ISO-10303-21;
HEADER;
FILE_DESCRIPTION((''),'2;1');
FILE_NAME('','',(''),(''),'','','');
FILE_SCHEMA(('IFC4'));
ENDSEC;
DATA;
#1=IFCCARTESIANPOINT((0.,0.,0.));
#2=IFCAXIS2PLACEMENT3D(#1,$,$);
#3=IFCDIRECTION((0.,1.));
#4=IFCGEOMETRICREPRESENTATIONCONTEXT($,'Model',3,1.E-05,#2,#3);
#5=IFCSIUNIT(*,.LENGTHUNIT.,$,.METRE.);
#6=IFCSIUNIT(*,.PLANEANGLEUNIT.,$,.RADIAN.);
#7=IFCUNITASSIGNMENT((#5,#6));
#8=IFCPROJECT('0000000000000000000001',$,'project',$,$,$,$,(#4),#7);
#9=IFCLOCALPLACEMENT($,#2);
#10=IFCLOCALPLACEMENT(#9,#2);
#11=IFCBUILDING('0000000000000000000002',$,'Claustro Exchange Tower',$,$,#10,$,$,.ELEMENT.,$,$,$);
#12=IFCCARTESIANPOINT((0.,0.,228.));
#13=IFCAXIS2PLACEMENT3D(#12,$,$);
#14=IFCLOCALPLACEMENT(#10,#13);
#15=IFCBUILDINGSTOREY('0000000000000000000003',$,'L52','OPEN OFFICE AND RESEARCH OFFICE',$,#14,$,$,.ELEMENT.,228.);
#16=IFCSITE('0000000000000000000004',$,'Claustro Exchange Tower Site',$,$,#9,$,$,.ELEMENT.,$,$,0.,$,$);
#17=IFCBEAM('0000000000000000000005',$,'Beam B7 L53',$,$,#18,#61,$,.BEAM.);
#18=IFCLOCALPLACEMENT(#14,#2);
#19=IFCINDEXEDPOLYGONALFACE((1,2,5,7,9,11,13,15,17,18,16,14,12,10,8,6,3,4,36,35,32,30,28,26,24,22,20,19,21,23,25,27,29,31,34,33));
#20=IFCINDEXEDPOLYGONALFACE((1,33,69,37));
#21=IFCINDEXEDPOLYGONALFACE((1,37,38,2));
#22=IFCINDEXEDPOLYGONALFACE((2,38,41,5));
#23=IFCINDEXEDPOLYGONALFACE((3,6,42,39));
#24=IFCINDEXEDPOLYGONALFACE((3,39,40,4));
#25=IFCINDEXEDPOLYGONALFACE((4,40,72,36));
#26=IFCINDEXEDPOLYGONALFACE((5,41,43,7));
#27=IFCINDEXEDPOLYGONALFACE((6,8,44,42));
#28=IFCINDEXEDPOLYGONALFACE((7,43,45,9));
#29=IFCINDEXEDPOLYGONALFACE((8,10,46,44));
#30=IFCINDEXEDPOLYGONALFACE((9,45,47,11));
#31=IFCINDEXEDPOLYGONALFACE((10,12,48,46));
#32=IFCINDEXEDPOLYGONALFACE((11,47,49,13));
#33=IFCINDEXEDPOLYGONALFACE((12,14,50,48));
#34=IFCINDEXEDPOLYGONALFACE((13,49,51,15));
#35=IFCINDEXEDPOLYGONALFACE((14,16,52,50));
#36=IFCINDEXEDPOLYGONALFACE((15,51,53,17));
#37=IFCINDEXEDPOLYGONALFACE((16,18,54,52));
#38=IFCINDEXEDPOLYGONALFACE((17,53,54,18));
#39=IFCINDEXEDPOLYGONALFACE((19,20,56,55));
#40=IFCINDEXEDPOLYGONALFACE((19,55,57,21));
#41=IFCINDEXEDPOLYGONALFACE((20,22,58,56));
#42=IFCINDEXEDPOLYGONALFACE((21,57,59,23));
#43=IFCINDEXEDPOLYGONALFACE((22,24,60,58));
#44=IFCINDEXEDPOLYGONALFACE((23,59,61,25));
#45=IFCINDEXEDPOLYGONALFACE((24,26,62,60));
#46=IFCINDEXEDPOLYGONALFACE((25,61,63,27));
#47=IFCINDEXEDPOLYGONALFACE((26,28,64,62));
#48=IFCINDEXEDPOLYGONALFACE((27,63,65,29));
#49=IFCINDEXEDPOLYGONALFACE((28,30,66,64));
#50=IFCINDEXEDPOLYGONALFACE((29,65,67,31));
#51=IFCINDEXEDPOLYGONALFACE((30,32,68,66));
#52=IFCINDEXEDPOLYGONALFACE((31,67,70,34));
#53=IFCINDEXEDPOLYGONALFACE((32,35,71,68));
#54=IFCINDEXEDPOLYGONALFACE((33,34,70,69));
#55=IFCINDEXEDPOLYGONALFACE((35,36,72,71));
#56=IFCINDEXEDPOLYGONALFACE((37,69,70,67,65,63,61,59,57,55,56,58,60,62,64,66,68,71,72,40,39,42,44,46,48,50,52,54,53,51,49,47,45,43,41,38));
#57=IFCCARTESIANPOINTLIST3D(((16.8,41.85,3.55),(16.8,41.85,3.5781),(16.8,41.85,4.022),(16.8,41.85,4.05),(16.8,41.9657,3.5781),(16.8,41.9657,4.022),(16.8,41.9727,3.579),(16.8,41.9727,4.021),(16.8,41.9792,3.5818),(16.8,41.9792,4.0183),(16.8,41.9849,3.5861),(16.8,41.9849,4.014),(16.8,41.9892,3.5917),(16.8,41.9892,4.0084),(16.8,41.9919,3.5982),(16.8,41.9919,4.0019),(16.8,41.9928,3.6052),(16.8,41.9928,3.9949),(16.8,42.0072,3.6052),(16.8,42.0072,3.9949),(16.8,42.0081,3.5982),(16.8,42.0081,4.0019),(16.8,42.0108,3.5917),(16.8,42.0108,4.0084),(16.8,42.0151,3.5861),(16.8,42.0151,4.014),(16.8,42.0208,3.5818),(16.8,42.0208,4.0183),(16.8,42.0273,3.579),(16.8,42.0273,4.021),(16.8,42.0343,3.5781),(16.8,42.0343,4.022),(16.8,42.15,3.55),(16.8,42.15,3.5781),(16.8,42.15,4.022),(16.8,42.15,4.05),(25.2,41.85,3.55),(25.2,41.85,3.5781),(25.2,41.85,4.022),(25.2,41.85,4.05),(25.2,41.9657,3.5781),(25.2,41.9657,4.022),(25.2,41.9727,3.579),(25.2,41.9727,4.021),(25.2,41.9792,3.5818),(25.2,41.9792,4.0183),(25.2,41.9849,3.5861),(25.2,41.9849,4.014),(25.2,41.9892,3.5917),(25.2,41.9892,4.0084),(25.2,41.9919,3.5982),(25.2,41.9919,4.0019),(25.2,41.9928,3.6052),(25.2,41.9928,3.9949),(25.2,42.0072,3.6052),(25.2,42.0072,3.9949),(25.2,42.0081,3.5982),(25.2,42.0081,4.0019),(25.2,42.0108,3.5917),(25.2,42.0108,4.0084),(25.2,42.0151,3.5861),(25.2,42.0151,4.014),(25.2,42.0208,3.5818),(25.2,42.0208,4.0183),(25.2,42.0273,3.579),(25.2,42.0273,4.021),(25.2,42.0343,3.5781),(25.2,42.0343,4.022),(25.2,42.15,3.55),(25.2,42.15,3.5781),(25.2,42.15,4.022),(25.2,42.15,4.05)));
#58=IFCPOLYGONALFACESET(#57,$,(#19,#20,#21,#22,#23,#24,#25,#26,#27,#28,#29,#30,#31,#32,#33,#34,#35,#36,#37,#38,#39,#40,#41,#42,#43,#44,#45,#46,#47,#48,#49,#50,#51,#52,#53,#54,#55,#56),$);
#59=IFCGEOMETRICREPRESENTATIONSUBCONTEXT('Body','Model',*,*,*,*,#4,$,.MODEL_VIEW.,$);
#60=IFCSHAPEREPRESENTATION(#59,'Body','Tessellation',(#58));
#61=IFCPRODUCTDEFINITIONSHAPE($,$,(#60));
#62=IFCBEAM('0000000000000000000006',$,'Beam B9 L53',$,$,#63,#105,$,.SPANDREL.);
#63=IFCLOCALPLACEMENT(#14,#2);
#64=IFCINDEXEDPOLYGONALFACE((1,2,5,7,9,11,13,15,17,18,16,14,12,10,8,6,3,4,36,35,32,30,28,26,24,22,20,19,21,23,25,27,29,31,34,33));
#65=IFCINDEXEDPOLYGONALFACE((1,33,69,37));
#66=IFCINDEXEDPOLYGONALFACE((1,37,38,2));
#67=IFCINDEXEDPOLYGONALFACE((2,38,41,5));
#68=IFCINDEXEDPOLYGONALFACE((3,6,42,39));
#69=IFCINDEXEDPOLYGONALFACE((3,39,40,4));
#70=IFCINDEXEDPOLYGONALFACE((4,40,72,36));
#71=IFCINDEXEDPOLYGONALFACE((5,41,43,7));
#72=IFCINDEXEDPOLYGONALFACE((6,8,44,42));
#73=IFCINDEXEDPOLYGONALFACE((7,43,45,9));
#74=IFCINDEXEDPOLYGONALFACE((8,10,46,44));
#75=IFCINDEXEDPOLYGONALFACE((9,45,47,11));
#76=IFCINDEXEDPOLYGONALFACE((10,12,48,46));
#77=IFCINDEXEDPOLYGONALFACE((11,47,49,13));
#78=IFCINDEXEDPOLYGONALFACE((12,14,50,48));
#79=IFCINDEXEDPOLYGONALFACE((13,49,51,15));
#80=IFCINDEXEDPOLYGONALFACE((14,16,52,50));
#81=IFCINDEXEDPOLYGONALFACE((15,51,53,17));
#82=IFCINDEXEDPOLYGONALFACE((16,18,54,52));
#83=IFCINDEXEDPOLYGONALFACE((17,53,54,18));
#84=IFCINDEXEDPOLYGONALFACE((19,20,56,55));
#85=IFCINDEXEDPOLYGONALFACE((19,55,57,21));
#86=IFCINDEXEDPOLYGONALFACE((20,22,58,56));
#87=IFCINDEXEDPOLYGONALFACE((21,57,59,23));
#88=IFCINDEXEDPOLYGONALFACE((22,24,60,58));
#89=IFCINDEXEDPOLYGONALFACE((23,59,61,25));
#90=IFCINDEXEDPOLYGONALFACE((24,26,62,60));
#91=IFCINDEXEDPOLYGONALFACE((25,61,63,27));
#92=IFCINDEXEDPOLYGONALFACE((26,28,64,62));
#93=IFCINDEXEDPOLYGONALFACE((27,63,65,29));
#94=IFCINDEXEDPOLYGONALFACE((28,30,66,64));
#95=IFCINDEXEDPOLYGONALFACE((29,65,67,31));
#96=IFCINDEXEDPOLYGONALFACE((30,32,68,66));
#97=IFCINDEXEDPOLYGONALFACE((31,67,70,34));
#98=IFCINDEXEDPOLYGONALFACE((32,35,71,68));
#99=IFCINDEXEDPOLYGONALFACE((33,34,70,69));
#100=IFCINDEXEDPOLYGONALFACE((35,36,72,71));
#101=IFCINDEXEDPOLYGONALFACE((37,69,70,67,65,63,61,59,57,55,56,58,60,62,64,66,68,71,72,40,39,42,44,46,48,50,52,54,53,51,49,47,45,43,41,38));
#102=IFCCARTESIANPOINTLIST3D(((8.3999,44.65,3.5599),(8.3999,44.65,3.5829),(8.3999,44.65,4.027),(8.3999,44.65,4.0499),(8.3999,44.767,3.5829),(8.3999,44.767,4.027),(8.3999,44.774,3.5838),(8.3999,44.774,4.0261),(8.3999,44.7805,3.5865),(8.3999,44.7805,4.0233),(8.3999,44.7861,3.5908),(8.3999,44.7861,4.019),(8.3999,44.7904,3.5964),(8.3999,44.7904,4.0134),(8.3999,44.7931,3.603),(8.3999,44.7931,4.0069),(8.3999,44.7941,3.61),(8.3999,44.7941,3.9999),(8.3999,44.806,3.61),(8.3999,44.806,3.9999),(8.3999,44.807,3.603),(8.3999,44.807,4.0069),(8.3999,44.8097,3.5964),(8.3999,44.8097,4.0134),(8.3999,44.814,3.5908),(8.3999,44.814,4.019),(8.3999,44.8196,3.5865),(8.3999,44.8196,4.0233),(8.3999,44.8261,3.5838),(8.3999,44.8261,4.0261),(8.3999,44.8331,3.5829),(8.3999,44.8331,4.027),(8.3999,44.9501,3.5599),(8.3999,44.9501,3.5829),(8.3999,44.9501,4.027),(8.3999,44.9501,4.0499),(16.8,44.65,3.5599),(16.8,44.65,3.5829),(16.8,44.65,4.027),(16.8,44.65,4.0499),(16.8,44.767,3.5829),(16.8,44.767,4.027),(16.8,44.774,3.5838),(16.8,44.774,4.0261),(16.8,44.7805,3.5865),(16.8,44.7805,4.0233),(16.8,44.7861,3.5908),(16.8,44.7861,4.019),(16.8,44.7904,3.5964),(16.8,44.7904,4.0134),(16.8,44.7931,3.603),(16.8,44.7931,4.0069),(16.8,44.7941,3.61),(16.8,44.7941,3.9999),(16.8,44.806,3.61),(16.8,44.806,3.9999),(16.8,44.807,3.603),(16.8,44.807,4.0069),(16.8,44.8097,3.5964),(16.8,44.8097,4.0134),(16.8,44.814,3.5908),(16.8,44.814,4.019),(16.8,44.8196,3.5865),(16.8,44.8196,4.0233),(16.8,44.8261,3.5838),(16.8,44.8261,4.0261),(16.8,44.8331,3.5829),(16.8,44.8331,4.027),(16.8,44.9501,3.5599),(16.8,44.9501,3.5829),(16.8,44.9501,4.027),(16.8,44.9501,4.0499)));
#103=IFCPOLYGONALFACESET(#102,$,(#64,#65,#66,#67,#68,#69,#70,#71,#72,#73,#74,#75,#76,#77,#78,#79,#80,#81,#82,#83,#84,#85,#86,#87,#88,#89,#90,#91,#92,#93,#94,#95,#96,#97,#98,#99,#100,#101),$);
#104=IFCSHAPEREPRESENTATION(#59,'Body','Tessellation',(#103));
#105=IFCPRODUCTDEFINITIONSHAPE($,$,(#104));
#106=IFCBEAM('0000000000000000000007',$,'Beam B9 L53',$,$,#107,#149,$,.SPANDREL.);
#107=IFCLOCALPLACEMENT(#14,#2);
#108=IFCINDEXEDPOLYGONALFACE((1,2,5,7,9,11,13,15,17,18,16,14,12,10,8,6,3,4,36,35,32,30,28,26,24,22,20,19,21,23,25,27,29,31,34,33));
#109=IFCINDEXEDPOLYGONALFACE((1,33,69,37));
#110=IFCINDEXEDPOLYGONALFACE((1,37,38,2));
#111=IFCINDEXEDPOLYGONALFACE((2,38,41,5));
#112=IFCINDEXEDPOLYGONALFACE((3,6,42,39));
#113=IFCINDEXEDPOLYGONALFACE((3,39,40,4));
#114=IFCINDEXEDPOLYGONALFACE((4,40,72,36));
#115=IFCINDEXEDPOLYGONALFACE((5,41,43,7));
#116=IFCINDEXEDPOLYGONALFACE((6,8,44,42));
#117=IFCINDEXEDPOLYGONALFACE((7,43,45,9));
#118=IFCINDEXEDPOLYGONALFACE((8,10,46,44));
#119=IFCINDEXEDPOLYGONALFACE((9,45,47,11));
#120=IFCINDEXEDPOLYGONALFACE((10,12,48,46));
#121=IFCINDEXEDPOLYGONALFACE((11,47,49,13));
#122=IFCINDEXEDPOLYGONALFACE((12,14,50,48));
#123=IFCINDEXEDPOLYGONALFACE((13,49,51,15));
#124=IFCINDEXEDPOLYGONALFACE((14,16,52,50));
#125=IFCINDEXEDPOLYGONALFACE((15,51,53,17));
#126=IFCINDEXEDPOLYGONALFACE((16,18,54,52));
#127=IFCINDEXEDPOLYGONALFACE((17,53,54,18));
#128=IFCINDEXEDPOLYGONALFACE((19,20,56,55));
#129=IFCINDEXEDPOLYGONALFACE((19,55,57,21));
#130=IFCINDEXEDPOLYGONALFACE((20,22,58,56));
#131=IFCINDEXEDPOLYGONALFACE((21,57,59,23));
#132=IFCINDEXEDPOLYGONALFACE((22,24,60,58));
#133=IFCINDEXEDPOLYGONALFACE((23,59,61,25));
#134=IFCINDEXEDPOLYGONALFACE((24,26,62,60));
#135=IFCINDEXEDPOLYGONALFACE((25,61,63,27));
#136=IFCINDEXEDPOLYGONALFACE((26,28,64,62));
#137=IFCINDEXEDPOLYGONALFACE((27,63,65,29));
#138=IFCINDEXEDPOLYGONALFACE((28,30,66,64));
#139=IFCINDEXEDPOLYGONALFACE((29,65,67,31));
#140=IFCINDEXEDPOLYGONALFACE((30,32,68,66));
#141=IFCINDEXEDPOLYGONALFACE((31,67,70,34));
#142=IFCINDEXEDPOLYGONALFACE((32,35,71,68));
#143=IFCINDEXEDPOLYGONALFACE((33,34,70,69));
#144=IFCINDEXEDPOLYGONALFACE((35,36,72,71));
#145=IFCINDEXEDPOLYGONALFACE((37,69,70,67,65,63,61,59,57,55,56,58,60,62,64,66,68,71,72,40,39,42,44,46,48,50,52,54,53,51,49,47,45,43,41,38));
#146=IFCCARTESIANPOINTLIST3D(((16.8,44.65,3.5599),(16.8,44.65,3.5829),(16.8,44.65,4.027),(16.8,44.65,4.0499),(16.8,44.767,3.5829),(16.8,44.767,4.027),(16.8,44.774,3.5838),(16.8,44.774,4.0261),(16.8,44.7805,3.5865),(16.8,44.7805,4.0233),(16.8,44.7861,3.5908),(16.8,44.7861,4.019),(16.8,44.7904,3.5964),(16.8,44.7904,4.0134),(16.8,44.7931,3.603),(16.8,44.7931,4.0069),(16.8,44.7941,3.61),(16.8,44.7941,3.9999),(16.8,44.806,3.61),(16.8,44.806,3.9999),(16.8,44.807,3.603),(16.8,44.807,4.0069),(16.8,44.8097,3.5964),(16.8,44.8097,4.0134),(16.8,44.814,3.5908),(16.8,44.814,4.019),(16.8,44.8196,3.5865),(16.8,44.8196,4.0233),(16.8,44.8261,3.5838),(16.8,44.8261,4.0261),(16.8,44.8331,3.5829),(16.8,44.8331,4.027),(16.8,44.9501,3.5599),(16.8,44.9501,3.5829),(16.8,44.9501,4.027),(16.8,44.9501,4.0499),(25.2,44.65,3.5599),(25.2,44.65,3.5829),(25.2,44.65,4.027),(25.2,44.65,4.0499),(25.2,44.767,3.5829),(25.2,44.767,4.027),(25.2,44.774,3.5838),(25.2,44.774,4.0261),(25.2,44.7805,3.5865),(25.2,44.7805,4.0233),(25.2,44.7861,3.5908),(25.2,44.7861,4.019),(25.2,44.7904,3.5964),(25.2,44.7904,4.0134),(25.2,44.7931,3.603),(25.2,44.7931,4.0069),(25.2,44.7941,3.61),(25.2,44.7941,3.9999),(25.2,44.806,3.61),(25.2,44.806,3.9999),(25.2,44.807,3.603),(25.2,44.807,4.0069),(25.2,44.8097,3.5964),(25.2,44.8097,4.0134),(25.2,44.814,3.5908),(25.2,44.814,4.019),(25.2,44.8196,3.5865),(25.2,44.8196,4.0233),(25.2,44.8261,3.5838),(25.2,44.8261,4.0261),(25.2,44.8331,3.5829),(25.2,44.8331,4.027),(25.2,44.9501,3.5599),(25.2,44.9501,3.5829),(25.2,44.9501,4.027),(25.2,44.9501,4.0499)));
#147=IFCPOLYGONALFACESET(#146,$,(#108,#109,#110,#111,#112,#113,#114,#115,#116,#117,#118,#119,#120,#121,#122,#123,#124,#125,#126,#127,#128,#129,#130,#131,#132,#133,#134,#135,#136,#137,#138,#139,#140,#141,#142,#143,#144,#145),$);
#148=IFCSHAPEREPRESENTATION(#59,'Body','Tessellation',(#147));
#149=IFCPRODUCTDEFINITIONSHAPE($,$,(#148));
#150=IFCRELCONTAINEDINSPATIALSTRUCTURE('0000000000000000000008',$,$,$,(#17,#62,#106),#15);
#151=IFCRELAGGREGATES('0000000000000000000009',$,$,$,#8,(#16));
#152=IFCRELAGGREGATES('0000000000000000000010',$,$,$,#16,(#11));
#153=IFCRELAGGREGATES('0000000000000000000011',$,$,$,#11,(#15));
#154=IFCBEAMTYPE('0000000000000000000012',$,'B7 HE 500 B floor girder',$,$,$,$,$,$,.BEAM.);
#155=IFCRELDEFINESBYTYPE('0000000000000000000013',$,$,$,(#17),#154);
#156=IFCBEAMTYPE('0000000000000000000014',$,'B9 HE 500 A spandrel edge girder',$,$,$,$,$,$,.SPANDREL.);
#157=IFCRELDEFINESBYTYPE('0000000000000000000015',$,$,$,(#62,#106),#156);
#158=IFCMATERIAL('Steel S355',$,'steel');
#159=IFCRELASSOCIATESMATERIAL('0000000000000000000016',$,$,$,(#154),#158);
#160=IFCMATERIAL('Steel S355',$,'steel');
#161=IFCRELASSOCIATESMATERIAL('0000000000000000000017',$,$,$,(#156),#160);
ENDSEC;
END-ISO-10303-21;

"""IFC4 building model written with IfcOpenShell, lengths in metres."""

from ifc_helpers import new_model, si_unit, direction, frame, origin, origin_2d, place, context, subcontext, project, spatial, i_section, extrude, material, material_profile, profile_set, type_object, element, save


model = new_model("IFC4")

# Units and contexts
model_context = context("Model", 3, precision=1e-05, world=origin(), true_north=direction((0.0, 1.0)))
body_context = subcontext(model_context, "Body", "Model", "MODEL_VIEW")
ifc_project = project(units=[si_unit("LENGTHUNIT", "METRE"), si_unit("PLANEANGLEUNIT", "RADIAN")], contexts=[model_context])

# Site, building, storey
site_placement = place(None, origin())
site = spatial("IfcSite", under=ifc_project, at=site_placement, Name="Claustro Exchange Tower Site", CompositionType="ELEMENT", RefElevation=0.0)
building_placement = place(site_placement, origin())
building = spatial("IfcBuilding", under=site, at=building_placement, Name="Claustro Exchange Tower", CompositionType="ELEMENT")
storey_placement = place(building_placement, frame((0.0, 0.0, 228.0)))
storey = spatial("IfcBuildingStorey", under=building, at=storey_placement, Name="L52", Description="OPEN OFFICE AND RESEARCH OFFICE", CompositionType="ELEMENT", Elevation=228.0)

# Beams
ifc_material_1 = material(Name="Steel S355", Category="steel")
ifc_material_profile_1 = material_profile(ifc_material_1, i_section(OverallWidth=0.3, OverallDepth=0.5, WebThickness=0.0144, FlangeThickness=0.0281, FilletRadius=0.0271, at=origin_2d()), Name="HE 500 B")
ifc_profile_set_1 = profile_set([ifc_material_profile_1], Name="Steel S355")
beam_type_1 = type_object("IfcBeamType", Name="B7 HE 500 B floor girder", PredefinedType="BEAM", material=ifc_profile_set_1)
beam_1_placement = place(storey_placement, frame((16.8, 42.0, 3.8), z_axis=(1.0, 0.0, 0.0), x_axis=(0.0, 1.0, 0.0)))
element("IfcBeam", 1, at=beam_1_placement, inside=storey, type_object=beam_type_1, Name="Beam B7 L53", PredefinedType="BEAM", context=body_context, shape_type="SweptSolid", body=[
    extrude(i_section(OverallWidth=0.3, OverallDepth=0.5, WebThickness=0.0144, FlangeThickness=0.0281, FilletRadius=0.0271, at=origin_2d()), origin(), (0.0, 0.0, 1.0), 8.3999),
])
ifc_material_2 = material(Name="Steel S355", Category="steel")
ifc_material_profile_2 = material_profile(ifc_material_2, i_section(OverallWidth=0.3, OverallDepth=0.49, WebThickness=0.012, FlangeThickness=0.0229, FilletRadius=0.0271, at=origin_2d()), Name="HE 500 A")
ifc_profile_set_2 = profile_set([ifc_material_profile_2], Name="Steel S355")
beam_type_2 = type_object("IfcBeamType", Name="B9 HE 500 A spandrel edge girder", PredefinedType="SPANDREL", material=ifc_profile_set_2)
beam_2_placement = place(storey_placement, frame((8.3999, 44.8, 3.8049), z_axis=(1.0, 0.0, 0.0), x_axis=(0.0, 1.0, 0.0)))
element("IfcBeam", 2, at=beam_2_placement, inside=storey, type_object=beam_type_2, Name="Beam B9 L53", PredefinedType="SPANDREL", context=body_context, shape_type="SweptSolid", body=[
    extrude(i_section(OverallWidth=0.3, OverallDepth=0.49, WebThickness=0.012, FlangeThickness=0.0229, FilletRadius=0.0271, at=origin_2d()), origin(), (0.0, 0.0, 1.0), 8.4001),
])
beam_3_placement = place(storey_placement, frame((16.8, 44.8, 3.8049), z_axis=(1.0, 0.0, 0.0), x_axis=(0.0, 1.0, 0.0)))
element("IfcBeam", 3, at=beam_3_placement, inside=storey, type_object=beam_type_2, Name="Beam B9 L53", PredefinedType="SPANDREL", context=body_context, shape_type="SweptSolid", body=[
    extrude(i_section(OverallWidth=0.3, OverallDepth=0.49, WebThickness=0.012, FlangeThickness=0.0229, FilletRadius=0.0271, at=origin_2d()), origin(), (0.0, 0.0, 1.0), 8.3999),
])

save(model, "model.ifc")
